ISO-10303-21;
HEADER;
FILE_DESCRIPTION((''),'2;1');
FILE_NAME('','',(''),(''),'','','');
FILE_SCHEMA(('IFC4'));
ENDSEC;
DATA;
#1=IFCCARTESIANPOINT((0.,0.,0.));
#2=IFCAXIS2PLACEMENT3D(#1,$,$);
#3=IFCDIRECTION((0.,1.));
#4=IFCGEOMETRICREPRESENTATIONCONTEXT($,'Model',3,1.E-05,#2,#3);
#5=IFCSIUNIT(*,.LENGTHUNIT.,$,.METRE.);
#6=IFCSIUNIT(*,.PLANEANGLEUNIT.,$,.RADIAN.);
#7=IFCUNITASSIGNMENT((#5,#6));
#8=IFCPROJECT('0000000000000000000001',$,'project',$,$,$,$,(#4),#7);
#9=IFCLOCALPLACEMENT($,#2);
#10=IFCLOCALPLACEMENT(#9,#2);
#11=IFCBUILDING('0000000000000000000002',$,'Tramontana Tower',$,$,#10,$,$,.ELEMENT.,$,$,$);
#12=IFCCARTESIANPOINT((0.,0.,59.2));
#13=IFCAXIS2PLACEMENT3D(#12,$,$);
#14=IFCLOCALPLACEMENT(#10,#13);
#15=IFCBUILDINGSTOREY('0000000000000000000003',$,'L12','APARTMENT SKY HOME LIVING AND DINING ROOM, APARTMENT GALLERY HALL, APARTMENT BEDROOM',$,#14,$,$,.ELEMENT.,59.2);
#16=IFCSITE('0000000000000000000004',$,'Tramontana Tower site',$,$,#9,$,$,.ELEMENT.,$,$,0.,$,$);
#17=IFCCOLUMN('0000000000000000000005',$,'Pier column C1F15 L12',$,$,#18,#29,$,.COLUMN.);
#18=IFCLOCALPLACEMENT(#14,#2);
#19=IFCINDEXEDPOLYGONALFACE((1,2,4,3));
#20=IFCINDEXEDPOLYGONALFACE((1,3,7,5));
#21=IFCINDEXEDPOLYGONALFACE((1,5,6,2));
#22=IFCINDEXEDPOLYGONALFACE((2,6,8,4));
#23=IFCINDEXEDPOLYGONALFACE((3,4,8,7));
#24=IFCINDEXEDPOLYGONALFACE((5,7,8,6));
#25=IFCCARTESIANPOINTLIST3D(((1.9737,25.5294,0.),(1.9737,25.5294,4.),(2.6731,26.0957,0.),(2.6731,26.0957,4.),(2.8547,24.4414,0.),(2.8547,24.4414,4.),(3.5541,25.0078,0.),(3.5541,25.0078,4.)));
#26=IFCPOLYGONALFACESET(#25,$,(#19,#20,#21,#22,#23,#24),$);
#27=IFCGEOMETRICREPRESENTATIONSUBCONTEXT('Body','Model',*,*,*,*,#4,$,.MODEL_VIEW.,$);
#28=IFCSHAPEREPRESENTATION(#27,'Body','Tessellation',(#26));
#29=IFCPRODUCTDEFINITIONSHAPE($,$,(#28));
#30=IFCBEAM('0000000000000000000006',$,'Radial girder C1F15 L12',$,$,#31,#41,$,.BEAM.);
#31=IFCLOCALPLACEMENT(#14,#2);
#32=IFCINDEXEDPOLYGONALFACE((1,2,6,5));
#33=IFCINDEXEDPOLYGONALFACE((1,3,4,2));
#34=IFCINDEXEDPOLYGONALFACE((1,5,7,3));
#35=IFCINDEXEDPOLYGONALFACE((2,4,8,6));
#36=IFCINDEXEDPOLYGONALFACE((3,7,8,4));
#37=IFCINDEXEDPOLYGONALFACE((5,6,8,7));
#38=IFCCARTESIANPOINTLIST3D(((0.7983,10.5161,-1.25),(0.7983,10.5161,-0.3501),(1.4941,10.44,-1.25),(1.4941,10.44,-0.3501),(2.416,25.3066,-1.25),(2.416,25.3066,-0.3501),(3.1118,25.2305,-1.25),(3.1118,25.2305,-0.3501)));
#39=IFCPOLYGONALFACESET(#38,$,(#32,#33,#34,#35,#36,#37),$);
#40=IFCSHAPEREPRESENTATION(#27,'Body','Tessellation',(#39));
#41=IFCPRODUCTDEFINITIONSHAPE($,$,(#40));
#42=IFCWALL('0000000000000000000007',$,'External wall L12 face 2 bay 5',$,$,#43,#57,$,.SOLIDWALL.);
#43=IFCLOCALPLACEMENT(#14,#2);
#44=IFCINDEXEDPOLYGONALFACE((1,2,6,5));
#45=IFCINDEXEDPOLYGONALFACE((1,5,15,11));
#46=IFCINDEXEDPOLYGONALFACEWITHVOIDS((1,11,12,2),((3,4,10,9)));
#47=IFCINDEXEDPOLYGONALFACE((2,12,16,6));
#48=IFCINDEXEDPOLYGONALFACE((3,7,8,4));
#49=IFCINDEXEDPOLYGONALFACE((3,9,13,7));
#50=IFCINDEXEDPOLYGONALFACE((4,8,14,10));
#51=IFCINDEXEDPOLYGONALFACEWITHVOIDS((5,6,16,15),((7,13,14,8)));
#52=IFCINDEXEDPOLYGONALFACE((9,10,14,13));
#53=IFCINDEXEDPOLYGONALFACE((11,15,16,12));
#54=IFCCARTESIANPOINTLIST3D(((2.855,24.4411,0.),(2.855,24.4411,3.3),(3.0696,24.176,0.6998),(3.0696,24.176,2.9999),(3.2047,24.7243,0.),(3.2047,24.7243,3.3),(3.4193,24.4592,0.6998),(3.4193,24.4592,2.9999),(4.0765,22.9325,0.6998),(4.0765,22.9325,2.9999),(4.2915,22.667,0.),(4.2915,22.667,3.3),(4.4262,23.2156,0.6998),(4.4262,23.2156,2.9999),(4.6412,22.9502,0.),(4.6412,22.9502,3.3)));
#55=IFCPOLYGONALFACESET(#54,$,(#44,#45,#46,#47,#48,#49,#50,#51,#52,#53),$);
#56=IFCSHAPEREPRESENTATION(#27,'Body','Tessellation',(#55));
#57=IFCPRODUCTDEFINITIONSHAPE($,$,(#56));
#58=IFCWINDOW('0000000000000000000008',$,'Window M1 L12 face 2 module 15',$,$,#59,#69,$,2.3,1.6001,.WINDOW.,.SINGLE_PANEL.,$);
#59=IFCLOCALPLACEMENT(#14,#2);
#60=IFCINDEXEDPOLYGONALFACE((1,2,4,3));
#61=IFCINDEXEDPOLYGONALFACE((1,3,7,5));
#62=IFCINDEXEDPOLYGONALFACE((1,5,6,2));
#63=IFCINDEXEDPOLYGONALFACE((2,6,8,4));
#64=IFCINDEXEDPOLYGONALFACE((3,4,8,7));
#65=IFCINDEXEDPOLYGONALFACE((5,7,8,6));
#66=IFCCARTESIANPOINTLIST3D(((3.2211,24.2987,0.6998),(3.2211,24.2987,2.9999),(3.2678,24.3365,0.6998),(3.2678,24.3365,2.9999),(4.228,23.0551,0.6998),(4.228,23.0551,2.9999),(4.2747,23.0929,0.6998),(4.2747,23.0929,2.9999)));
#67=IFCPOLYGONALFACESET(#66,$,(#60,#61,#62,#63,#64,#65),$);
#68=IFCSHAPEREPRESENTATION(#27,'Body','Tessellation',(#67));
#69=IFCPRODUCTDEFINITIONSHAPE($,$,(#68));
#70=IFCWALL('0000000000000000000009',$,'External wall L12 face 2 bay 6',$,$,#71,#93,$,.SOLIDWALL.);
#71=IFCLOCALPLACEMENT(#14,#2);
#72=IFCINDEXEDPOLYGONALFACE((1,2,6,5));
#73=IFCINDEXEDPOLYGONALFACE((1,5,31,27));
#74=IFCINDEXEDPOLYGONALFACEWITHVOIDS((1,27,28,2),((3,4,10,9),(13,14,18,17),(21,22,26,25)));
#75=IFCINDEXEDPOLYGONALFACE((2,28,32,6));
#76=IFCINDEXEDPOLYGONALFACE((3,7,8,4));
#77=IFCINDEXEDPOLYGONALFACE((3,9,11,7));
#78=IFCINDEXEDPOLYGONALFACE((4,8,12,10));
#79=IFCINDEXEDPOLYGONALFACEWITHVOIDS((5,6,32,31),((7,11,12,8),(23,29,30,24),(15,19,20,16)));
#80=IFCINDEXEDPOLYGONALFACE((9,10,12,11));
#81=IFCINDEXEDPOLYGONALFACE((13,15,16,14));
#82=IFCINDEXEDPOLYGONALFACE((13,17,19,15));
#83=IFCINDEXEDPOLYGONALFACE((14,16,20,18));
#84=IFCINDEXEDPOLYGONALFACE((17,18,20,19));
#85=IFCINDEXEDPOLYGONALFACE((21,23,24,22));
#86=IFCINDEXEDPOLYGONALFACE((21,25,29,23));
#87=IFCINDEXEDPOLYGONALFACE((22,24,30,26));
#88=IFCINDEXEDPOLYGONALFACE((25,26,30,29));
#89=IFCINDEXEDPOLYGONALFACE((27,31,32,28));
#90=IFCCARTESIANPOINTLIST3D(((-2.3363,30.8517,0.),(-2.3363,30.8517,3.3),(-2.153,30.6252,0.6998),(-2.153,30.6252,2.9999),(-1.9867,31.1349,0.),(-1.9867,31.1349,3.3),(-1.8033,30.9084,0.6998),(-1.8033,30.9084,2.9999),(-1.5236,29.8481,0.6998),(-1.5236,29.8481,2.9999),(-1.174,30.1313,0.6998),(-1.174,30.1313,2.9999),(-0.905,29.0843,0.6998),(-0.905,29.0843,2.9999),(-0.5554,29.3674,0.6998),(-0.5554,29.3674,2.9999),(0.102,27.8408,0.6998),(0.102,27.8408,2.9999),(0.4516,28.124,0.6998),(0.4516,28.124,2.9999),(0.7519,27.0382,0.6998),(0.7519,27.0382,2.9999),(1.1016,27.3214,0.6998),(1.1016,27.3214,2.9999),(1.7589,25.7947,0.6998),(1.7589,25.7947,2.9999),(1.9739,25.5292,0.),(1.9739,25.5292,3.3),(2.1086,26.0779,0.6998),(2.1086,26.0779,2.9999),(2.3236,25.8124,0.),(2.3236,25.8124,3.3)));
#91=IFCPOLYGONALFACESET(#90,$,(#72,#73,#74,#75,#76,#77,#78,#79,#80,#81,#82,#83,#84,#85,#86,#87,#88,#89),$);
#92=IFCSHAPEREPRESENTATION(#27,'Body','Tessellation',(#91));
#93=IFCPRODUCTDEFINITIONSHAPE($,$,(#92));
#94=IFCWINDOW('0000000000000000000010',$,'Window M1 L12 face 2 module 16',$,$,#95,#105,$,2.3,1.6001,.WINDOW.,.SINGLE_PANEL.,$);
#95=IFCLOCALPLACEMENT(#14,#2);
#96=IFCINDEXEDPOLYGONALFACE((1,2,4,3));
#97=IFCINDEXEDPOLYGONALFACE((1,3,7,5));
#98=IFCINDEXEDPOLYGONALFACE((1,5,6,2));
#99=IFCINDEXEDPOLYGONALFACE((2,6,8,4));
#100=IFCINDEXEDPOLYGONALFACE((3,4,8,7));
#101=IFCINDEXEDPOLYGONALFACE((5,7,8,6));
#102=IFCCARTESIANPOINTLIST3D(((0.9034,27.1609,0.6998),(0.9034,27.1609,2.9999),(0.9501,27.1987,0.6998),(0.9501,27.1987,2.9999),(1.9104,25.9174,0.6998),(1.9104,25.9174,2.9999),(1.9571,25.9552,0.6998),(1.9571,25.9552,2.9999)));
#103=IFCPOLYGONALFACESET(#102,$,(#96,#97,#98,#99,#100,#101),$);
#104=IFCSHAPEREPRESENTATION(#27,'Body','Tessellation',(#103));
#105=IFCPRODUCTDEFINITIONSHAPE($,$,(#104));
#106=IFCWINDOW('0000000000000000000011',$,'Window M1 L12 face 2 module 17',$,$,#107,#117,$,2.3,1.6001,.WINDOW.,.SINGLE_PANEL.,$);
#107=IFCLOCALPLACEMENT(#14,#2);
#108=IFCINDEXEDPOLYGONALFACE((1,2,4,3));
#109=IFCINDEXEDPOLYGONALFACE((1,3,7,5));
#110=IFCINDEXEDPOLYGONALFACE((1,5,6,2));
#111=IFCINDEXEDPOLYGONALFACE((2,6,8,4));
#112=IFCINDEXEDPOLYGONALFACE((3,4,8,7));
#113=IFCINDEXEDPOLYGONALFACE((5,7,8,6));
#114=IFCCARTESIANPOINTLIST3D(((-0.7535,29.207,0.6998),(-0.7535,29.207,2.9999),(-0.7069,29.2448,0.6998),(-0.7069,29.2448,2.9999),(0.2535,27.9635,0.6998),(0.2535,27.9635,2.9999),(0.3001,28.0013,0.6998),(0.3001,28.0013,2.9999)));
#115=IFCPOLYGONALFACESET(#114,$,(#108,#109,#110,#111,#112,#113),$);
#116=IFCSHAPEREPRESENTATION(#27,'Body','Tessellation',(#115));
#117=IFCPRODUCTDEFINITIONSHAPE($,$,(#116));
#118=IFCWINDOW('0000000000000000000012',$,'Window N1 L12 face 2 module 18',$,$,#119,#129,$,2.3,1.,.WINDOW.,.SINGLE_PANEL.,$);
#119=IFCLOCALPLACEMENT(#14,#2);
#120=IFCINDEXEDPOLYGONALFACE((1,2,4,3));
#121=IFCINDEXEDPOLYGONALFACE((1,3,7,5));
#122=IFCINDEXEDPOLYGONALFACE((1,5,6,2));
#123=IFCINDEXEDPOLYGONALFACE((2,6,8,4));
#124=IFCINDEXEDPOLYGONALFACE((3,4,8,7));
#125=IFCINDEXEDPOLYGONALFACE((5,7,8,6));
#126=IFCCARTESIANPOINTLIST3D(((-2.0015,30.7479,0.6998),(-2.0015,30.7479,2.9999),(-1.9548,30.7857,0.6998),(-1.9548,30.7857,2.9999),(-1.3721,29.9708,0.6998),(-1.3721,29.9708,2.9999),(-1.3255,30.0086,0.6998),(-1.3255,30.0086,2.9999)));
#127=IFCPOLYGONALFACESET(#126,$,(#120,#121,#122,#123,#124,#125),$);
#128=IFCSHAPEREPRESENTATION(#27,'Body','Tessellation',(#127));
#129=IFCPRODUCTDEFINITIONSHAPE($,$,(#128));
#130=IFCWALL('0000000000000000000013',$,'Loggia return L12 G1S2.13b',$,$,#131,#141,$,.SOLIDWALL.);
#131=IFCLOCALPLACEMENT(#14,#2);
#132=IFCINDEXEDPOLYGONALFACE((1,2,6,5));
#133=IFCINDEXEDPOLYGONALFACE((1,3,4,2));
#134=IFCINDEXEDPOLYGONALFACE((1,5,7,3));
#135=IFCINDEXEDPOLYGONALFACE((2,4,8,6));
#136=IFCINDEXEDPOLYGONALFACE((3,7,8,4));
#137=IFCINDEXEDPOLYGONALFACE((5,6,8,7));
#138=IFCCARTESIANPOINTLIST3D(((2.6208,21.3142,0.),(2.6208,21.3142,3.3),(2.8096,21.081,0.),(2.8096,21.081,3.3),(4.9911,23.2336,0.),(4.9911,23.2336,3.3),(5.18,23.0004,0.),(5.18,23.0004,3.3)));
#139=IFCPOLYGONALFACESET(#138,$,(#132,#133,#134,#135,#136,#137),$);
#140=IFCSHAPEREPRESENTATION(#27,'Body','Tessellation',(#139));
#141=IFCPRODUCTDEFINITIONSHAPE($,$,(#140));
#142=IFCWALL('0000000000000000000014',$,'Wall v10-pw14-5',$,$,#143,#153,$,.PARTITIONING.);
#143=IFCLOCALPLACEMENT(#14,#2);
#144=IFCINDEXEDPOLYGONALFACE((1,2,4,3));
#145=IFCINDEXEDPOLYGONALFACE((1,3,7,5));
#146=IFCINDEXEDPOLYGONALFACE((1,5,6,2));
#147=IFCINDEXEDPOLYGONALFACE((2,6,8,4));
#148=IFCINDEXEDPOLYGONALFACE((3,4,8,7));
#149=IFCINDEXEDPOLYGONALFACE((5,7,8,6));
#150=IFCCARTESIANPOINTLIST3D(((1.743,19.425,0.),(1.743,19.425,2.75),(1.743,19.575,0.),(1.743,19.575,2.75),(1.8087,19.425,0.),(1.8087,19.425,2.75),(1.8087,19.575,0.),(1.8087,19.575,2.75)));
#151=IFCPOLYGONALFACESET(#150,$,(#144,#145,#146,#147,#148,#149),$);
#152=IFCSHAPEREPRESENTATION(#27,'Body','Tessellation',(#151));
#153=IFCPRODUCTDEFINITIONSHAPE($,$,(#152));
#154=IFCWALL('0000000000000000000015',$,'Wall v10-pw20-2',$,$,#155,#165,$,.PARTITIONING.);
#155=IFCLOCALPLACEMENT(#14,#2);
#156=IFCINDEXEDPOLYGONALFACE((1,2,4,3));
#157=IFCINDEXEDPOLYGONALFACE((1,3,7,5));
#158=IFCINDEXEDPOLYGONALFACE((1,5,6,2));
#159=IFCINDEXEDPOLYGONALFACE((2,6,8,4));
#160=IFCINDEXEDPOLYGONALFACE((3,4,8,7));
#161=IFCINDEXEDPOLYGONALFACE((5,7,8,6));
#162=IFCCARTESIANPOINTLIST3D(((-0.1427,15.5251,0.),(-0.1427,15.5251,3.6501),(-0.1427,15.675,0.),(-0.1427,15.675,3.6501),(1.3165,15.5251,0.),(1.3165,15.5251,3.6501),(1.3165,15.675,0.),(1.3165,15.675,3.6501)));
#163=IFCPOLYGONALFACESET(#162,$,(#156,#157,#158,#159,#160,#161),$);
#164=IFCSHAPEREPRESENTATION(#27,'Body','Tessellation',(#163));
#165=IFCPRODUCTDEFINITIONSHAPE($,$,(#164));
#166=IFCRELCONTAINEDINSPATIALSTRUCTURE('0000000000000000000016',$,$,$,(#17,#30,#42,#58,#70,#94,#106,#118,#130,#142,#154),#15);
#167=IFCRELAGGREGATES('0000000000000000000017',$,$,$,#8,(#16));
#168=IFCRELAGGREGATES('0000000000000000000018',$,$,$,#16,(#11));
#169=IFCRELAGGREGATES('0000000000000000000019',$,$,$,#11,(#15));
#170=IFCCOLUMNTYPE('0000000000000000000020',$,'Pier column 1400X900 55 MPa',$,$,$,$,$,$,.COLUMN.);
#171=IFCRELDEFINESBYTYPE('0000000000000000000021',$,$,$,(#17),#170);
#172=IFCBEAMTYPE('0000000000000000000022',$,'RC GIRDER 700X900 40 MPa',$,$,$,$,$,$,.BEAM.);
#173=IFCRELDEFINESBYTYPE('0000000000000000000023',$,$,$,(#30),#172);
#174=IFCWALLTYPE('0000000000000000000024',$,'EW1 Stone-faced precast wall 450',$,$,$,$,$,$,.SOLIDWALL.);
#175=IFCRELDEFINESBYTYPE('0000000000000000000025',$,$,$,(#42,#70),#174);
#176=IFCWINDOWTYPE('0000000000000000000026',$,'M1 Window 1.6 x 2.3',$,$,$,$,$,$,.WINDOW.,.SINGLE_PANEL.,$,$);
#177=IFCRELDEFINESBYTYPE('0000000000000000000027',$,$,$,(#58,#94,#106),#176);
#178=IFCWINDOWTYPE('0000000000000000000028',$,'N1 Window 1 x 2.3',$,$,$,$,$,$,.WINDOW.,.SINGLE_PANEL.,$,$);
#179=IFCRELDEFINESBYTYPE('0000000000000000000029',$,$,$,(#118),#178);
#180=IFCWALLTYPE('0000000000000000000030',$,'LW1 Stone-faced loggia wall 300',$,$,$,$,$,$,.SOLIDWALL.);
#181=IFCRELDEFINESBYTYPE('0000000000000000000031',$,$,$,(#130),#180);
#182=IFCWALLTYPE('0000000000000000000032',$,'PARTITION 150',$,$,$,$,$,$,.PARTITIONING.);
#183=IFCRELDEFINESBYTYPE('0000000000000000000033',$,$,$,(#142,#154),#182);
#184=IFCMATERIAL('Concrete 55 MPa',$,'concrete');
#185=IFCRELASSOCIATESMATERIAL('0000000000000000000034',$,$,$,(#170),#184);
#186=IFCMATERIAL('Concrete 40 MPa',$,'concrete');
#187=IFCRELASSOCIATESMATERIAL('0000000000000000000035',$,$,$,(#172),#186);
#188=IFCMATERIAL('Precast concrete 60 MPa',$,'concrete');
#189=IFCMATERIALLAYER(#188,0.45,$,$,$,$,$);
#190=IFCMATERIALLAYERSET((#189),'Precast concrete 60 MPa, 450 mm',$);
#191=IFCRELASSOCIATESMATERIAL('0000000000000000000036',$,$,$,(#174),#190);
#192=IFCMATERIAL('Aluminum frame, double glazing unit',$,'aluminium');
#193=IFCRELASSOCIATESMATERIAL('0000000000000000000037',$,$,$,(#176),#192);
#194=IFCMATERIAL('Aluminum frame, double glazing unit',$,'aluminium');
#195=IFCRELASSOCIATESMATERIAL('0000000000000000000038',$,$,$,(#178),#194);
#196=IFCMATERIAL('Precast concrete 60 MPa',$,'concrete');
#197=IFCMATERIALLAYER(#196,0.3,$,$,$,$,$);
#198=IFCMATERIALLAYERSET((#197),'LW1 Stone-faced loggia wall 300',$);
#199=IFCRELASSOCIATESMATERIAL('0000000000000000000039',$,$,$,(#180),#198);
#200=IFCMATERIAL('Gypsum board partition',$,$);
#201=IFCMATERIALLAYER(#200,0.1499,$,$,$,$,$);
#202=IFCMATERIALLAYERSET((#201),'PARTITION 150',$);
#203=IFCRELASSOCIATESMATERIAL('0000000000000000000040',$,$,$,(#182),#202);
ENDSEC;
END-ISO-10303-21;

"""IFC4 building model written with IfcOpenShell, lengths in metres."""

from ifc_helpers import new_model, si_unit, direction, frame, frame_2d, origin, origin_2d, place, context, subcontext, project, spatial, rectangle, extrude, material, layer, layer_set, material_profile, profile_set, type_object, element, fill, save


model = new_model("IFC4")

# Units and contexts
model_context = context("Model", 3, precision=1e-05, world=origin(), true_north=direction((0.0, 1.0)))
body_context = subcontext(model_context, "Body", "Model", "MODEL_VIEW")
ifc_project = project(units=[si_unit("LENGTHUNIT", "METRE"), si_unit("PLANEANGLEUNIT", "RADIAN")], contexts=[model_context])

# Site, building, storey
site_placement = place(None, origin())
site = spatial("IfcSite", under=ifc_project, at=site_placement, Name="Tramontana Tower site", CompositionType="ELEMENT", RefElevation=0.0)
building_placement = place(site_placement, origin())
building = spatial("IfcBuilding", under=site, at=building_placement, Name="Tramontana Tower", CompositionType="ELEMENT")
storey_placement = place(building_placement, frame((0.0, 0.0, 59.2)))
storey = spatial("IfcBuildingStorey", under=building, at=storey_placement, Name="L12", Description="APARTMENT SKY HOME LIVING AND DINING ROOM, APARTMENT GALLERY HALL, APARTMENT BEDROOM", CompositionType="ELEMENT", Elevation=59.2)

# Column
ifc_material_1 = material(Name="Concrete 55 MPa", Category="concrete")
ifc_material_profile_1 = material_profile(ifc_material_1, rectangle(XDim=1.3999, YDim=0.8999, at=origin_2d()), Name="Pier column 1400X900 55 MPa")
ifc_profile_set_1 = profile_set([ifc_material_profile_1], Name="Concrete 55 MPa")
column_type = type_object("IfcColumnType", Name="Pier column 1400X900 55 MPa", PredefinedType="COLUMN", material=ifc_profile_set_1)
column_placement = place(storey_placement, frame((2.7639, 25.2686, 0.0), z_axis=(0.0, 0.0, 1.0), x_axis=(-0.62932, 0.777146, 0.0)))
element("IfcColumn", 1, at=column_placement, inside=storey, type_object=column_type, Name="Pier column C1F15 L12", PredefinedType="COLUMN", context=body_context, shape_type="SweptSolid", body=[
    extrude(rectangle(XDim=1.3999, YDim=0.8999, at=origin_2d()), origin(), (0.0, 0.0, 1.0), 4.0),
])

# Beam
ifc_material_2 = material(Name="Concrete 40 MPa", Category="concrete")
ifc_material_profile_2 = material_profile(ifc_material_2, rectangle(XDim=0.7, YDim=0.8999, at=origin_2d()), Name="RC GIRDER 700X900 40 MPa")
ifc_profile_set_2 = profile_set([ifc_material_profile_2], Name="Concrete 40 MPa")
beam_type = type_object("IfcBeamType", Name="RC GIRDER 700X900 40 MPa", PredefinedType="BEAM", material=ifc_profile_set_2)
beam_placement = place(storey_placement, frame((2.7639, 25.2686, -0.8), z_axis=(-0.108724, -0.994072, 0.0), x_axis=(0.994072, -0.108724, 0.0)))
element("IfcBeam", 2, at=beam_placement, inside=storey, type_object=beam_type, Name="Radial girder C1F15 L12", PredefinedType="BEAM", context=body_context, shape_type="SweptSolid", body=[
    extrude(rectangle(XDim=0.7, YDim=0.8999, at=origin_2d()), origin(), (0.0, 0.0, 1.0), 14.8787),
])

# Wall, opening, window
ifc_material_3 = material(Name="Precast concrete 60 MPa", Category="concrete")
ifc_layer_1 = layer(ifc_material_3, 0.45)
ifc_layer_set_1 = layer_set([ifc_layer_1], Name="Precast concrete 60 MPa, 450 mm")
wall_type_1 = type_object("IfcWallType", Name="EW1 Stone-faced precast wall 450", PredefinedType="SOLIDWALL", material=ifc_layer_set_1)
wall_1_placement = place(storey_placement, frame((4.4663, 22.8086, 0.0), z_axis=(0.0, 0.0, 1.0), x_axis=(-0.629275, 0.777183, 0.0)))
wall_1 = element("IfcWall", 3, at=wall_1_placement, inside=storey, type_object=wall_type_1, Name="External wall L12 face 2 bay 5", PredefinedType="SOLIDWALL", context=body_context, shape_type="SweptSolid", body=[
    extrude(rectangle(XDim=2.2827, YDim=0.45, at=frame_2d((1.1414, 0.0))), origin(), (0.0, 0.0, 1.0), 3.3),
])
opening_1_placement = place(wall_1_placement, frame((0.3416, 0.0, 0.7)))
opening_1 = element("IfcOpeningElement", 4, at=opening_1_placement, cuts=wall_1, PredefinedType="OPENING", context=body_context, shape_type="SweptSolid", body=[
    extrude(rectangle(XDim=1.6001, YDim=2.3, at=frame_2d((0.8, 1.1499))), frame((0.0, 0.2349, 0.0), z_axis=(0.0, -1.0, 0.0), x_axis=(1.0, 0.0, 0.0)), (0.0, 0.0, 1.0), 0.47),
])
ifc_material_4 = material(Name="Aluminum frame, double glazing unit", Category="aluminium")
window_type_1 = type_object("IfcWindowType", Name="M1 Window 1.6 x 2.3", PartitioningType="SINGLE_PANEL", PredefinedType="WINDOW", material=ifc_material_4)
window_1_placement = place(opening_1_placement, origin())
window_1 = element("IfcWindow", 5, at=window_1_placement, inside=storey, type_object=window_type_1, Name="Window M1 L12 face 2 module 15", OverallHeight=2.3, OverallWidth=1.6001, PartitioningType="SINGLE_PANEL", PredefinedType="WINDOW", context=body_context, shape_type="SweptSolid", body=[
    extrude(rectangle(XDim=1.6001, YDim=2.3, at=frame_2d((0.8, 1.1499))), frame((0.0, 0.03, 0.0), z_axis=(0.0, -1.0, 0.0), x_axis=(1.0, 0.0, 0.0)), (0.0, 0.0, 1.0), 0.0601),
])
fill(opening_1, window_1)

# Wall, openings, windows
wall_2_placement = place(storey_placement, frame((2.1487, 25.6709, 0.0), z_axis=(0.0, 0.0, 1.0), x_axis=(-0.62934, 0.77713, 0.0)))
wall_2 = element("IfcWall", 6, at=wall_2_placement, inside=storey, type_object=wall_type_1, Name="External wall L12 face 2 bay 6", PredefinedType="SOLIDWALL", context=body_context, shape_type="SweptSolid", body=[
    extrude(rectangle(XDim=6.8489, YDim=0.45, at=frame_2d((3.4243, 0.0))), origin(), (0.0, 0.0, 1.0), 3.3),
])
opening_2_placement = place(wall_2_placement, frame((0.3416, 0.0, 0.7)))
opening_2 = element("IfcOpeningElement", 7, at=opening_2_placement, cuts=wall_2, PredefinedType="OPENING", context=body_context, shape_type="SweptSolid", body=[
    extrude(rectangle(XDim=1.6001, YDim=2.3, at=frame_2d((0.8, 1.1499))), frame((0.0, 0.2349, 0.0), z_axis=(0.0, -1.0, 0.0), x_axis=(1.0, 0.0, 0.0)), (0.0, 0.0, 1.0), 0.47),
])
opening_3_placement = place(wall_2_placement, frame((2.9744, 0.0, 0.7)))
opening_3 = element("IfcOpeningElement", 8, at=opening_3_placement, cuts=wall_2, PredefinedType="OPENING", context=body_context, shape_type="SweptSolid", body=[
    extrude(rectangle(XDim=1.6001, YDim=2.3, at=frame_2d((0.8, 1.1499))), frame((0.0, 0.2349, 0.0), z_axis=(0.0, -1.0, 0.0), x_axis=(1.0, 0.0, 0.0)), (0.0, 0.0, 1.0), 0.47),
])
opening_4_placement = place(wall_2_placement, frame((5.5574, 0.0, 0.7)))
opening_4 = element("IfcOpeningElement", 9, at=opening_4_placement, cuts=wall_2, PredefinedType="OPENING", context=body_context, shape_type="SweptSolid", body=[
    extrude(rectangle(XDim=1.0, YDim=2.3, at=frame_2d((0.5, 1.1499))), frame((0.0, 0.2349, 0.0), z_axis=(0.0, -1.0, 0.0), x_axis=(1.0, 0.0, 0.0)), (0.0, 0.0, 1.0), 0.47),
])
window_2_placement = place(opening_2_placement, origin())
window_2 = element("IfcWindow", 10, at=window_2_placement, inside=storey, type_object=window_type_1, Name="Window M1 L12 face 2 module 16", OverallHeight=2.3, OverallWidth=1.6001, PartitioningType="SINGLE_PANEL", PredefinedType="WINDOW", context=body_context, shape_type="SweptSolid", body=[
    extrude(rectangle(XDim=1.6001, YDim=2.3, at=frame_2d((0.8, 1.1499))), frame((0.0, 0.03, 0.0), z_axis=(0.0, -1.0, 0.0), x_axis=(1.0, 0.0, 0.0)), (0.0, 0.0, 1.0), 0.0601),
])
fill(opening_2, window_2)
window_3_placement = place(opening_3_placement, origin())
window_3 = element("IfcWindow", 11, at=window_3_placement, inside=storey, type_object=window_type_1, Name="Window M1 L12 face 2 module 17", OverallHeight=2.3, OverallWidth=1.6001, PartitioningType="SINGLE_PANEL", PredefinedType="WINDOW", context=body_context, shape_type="SweptSolid", body=[
    extrude(rectangle(XDim=1.6001, YDim=2.3, at=frame_2d((0.8, 1.1499))), frame((0.0, 0.03, 0.0), z_axis=(0.0, -1.0, 0.0), x_axis=(1.0, 0.0, 0.0)), (0.0, 0.0, 1.0), 0.0601),
])
fill(opening_3, window_3)
ifc_material_5 = material(Name="Aluminum frame, double glazing unit", Category="aluminium")
window_type_2 = type_object("IfcWindowType", Name="N1 Window 1 x 2.3", PartitioningType="SINGLE_PANEL", PredefinedType="WINDOW", material=ifc_material_5)
window_4_placement = place(opening_4_placement, origin())
window_4 = element("IfcWindow", 12, at=window_4_placement, inside=storey, type_object=window_type_2, Name="Window N1 L12 face 2 module 18", OverallHeight=2.3, OverallWidth=1.0, PartitioningType="SINGLE_PANEL", PredefinedType="WINDOW", context=body_context, shape_type="SweptSolid", body=[
    extrude(rectangle(XDim=1.0, YDim=2.3, at=frame_2d((0.5, 1.1499))), frame((0.0, 0.03, 0.0), z_axis=(0.0, -1.0, 0.0), x_axis=(1.0, 0.0, 0.0)), (0.0, 0.0, 1.0), 0.0601),
])
fill(opening_4, window_4)

# Shared definitions
ifc_material_6 = material(Name="Precast concrete 60 MPa", Category="concrete")
ifc_layer_2 = layer(ifc_material_6, 0.3)
ifc_layer_set_2 = layer_set([ifc_layer_2], Name="LW1 Stone-faced loggia wall 300")
wall_type_2 = type_object("IfcWallType", Name="LW1 Stone-faced loggia wall 300", PredefinedType="SOLIDWALL", material=ifc_layer_set_2)

# Walls
wall_3_placement = place(storey_placement, frame((5.0854, 23.1169, 0.0), z_axis=(0.0, 0.0, 1.0), x_axis=(-0.777154, -0.629311, 0.0)))
element("IfcWall", 13, at=wall_3_placement, inside=storey, type_object=wall_type_2, Name="Loggia return L12 G1S2.13b", PredefinedType="SOLIDWALL", context=body_context, shape_type="SweptSolid", body=[
    extrude(rectangle(XDim=3.05, YDim=0.3, at=frame_2d((1.5249, 0.0))), origin(), (0.0, 0.0, 1.0), 3.3),
])
ifc_material_7 = material(Name="Gypsum board partition")
ifc_layer_3 = layer(ifc_material_7, 0.1499)
ifc_layer_set_3 = layer_set([ifc_layer_3], Name="PARTITION 150")
wall_type_3 = type_object("IfcWallType", Name="PARTITION 150", PredefinedType="PARTITIONING", material=ifc_layer_set_3)
wall_4_placement = place(storey_placement, frame((1.7432, 19.5, 0.0), z_axis=(0.0, 0.0, 1.0), x_axis=(1.0, 0.0, 0.0)))
element("IfcWall", 14, at=wall_4_placement, inside=storey, type_object=wall_type_3, Name="Wall v10-pw14-5", PredefinedType="PARTITIONING", context=body_context, shape_type="SweptSolid", body=[
    extrude(rectangle(XDim=0.0657, YDim=0.1499, at=frame_2d((0.0327, 0.0))), origin(), (0.0, 0.0, 1.0), 2.75),
])
wall_5_placement = place(storey_placement, frame((-0.1426, 15.6001, 0.0), z_axis=(0.0, 0.0, 1.0), x_axis=(1.0, 0.0, 0.0)))
element("IfcWall", 15, at=wall_5_placement, inside=storey, type_object=wall_type_3, Name="Wall v10-pw20-2", PredefinedType="PARTITIONING", context=body_context, shape_type="SweptSolid", body=[
    extrude(rectangle(XDim=1.4592, YDim=0.1499, at=frame_2d((0.7295, 0.0))), origin(), (0.0, 0.0, 1.0), 3.6501),
])

save(model, "model.ifc")
